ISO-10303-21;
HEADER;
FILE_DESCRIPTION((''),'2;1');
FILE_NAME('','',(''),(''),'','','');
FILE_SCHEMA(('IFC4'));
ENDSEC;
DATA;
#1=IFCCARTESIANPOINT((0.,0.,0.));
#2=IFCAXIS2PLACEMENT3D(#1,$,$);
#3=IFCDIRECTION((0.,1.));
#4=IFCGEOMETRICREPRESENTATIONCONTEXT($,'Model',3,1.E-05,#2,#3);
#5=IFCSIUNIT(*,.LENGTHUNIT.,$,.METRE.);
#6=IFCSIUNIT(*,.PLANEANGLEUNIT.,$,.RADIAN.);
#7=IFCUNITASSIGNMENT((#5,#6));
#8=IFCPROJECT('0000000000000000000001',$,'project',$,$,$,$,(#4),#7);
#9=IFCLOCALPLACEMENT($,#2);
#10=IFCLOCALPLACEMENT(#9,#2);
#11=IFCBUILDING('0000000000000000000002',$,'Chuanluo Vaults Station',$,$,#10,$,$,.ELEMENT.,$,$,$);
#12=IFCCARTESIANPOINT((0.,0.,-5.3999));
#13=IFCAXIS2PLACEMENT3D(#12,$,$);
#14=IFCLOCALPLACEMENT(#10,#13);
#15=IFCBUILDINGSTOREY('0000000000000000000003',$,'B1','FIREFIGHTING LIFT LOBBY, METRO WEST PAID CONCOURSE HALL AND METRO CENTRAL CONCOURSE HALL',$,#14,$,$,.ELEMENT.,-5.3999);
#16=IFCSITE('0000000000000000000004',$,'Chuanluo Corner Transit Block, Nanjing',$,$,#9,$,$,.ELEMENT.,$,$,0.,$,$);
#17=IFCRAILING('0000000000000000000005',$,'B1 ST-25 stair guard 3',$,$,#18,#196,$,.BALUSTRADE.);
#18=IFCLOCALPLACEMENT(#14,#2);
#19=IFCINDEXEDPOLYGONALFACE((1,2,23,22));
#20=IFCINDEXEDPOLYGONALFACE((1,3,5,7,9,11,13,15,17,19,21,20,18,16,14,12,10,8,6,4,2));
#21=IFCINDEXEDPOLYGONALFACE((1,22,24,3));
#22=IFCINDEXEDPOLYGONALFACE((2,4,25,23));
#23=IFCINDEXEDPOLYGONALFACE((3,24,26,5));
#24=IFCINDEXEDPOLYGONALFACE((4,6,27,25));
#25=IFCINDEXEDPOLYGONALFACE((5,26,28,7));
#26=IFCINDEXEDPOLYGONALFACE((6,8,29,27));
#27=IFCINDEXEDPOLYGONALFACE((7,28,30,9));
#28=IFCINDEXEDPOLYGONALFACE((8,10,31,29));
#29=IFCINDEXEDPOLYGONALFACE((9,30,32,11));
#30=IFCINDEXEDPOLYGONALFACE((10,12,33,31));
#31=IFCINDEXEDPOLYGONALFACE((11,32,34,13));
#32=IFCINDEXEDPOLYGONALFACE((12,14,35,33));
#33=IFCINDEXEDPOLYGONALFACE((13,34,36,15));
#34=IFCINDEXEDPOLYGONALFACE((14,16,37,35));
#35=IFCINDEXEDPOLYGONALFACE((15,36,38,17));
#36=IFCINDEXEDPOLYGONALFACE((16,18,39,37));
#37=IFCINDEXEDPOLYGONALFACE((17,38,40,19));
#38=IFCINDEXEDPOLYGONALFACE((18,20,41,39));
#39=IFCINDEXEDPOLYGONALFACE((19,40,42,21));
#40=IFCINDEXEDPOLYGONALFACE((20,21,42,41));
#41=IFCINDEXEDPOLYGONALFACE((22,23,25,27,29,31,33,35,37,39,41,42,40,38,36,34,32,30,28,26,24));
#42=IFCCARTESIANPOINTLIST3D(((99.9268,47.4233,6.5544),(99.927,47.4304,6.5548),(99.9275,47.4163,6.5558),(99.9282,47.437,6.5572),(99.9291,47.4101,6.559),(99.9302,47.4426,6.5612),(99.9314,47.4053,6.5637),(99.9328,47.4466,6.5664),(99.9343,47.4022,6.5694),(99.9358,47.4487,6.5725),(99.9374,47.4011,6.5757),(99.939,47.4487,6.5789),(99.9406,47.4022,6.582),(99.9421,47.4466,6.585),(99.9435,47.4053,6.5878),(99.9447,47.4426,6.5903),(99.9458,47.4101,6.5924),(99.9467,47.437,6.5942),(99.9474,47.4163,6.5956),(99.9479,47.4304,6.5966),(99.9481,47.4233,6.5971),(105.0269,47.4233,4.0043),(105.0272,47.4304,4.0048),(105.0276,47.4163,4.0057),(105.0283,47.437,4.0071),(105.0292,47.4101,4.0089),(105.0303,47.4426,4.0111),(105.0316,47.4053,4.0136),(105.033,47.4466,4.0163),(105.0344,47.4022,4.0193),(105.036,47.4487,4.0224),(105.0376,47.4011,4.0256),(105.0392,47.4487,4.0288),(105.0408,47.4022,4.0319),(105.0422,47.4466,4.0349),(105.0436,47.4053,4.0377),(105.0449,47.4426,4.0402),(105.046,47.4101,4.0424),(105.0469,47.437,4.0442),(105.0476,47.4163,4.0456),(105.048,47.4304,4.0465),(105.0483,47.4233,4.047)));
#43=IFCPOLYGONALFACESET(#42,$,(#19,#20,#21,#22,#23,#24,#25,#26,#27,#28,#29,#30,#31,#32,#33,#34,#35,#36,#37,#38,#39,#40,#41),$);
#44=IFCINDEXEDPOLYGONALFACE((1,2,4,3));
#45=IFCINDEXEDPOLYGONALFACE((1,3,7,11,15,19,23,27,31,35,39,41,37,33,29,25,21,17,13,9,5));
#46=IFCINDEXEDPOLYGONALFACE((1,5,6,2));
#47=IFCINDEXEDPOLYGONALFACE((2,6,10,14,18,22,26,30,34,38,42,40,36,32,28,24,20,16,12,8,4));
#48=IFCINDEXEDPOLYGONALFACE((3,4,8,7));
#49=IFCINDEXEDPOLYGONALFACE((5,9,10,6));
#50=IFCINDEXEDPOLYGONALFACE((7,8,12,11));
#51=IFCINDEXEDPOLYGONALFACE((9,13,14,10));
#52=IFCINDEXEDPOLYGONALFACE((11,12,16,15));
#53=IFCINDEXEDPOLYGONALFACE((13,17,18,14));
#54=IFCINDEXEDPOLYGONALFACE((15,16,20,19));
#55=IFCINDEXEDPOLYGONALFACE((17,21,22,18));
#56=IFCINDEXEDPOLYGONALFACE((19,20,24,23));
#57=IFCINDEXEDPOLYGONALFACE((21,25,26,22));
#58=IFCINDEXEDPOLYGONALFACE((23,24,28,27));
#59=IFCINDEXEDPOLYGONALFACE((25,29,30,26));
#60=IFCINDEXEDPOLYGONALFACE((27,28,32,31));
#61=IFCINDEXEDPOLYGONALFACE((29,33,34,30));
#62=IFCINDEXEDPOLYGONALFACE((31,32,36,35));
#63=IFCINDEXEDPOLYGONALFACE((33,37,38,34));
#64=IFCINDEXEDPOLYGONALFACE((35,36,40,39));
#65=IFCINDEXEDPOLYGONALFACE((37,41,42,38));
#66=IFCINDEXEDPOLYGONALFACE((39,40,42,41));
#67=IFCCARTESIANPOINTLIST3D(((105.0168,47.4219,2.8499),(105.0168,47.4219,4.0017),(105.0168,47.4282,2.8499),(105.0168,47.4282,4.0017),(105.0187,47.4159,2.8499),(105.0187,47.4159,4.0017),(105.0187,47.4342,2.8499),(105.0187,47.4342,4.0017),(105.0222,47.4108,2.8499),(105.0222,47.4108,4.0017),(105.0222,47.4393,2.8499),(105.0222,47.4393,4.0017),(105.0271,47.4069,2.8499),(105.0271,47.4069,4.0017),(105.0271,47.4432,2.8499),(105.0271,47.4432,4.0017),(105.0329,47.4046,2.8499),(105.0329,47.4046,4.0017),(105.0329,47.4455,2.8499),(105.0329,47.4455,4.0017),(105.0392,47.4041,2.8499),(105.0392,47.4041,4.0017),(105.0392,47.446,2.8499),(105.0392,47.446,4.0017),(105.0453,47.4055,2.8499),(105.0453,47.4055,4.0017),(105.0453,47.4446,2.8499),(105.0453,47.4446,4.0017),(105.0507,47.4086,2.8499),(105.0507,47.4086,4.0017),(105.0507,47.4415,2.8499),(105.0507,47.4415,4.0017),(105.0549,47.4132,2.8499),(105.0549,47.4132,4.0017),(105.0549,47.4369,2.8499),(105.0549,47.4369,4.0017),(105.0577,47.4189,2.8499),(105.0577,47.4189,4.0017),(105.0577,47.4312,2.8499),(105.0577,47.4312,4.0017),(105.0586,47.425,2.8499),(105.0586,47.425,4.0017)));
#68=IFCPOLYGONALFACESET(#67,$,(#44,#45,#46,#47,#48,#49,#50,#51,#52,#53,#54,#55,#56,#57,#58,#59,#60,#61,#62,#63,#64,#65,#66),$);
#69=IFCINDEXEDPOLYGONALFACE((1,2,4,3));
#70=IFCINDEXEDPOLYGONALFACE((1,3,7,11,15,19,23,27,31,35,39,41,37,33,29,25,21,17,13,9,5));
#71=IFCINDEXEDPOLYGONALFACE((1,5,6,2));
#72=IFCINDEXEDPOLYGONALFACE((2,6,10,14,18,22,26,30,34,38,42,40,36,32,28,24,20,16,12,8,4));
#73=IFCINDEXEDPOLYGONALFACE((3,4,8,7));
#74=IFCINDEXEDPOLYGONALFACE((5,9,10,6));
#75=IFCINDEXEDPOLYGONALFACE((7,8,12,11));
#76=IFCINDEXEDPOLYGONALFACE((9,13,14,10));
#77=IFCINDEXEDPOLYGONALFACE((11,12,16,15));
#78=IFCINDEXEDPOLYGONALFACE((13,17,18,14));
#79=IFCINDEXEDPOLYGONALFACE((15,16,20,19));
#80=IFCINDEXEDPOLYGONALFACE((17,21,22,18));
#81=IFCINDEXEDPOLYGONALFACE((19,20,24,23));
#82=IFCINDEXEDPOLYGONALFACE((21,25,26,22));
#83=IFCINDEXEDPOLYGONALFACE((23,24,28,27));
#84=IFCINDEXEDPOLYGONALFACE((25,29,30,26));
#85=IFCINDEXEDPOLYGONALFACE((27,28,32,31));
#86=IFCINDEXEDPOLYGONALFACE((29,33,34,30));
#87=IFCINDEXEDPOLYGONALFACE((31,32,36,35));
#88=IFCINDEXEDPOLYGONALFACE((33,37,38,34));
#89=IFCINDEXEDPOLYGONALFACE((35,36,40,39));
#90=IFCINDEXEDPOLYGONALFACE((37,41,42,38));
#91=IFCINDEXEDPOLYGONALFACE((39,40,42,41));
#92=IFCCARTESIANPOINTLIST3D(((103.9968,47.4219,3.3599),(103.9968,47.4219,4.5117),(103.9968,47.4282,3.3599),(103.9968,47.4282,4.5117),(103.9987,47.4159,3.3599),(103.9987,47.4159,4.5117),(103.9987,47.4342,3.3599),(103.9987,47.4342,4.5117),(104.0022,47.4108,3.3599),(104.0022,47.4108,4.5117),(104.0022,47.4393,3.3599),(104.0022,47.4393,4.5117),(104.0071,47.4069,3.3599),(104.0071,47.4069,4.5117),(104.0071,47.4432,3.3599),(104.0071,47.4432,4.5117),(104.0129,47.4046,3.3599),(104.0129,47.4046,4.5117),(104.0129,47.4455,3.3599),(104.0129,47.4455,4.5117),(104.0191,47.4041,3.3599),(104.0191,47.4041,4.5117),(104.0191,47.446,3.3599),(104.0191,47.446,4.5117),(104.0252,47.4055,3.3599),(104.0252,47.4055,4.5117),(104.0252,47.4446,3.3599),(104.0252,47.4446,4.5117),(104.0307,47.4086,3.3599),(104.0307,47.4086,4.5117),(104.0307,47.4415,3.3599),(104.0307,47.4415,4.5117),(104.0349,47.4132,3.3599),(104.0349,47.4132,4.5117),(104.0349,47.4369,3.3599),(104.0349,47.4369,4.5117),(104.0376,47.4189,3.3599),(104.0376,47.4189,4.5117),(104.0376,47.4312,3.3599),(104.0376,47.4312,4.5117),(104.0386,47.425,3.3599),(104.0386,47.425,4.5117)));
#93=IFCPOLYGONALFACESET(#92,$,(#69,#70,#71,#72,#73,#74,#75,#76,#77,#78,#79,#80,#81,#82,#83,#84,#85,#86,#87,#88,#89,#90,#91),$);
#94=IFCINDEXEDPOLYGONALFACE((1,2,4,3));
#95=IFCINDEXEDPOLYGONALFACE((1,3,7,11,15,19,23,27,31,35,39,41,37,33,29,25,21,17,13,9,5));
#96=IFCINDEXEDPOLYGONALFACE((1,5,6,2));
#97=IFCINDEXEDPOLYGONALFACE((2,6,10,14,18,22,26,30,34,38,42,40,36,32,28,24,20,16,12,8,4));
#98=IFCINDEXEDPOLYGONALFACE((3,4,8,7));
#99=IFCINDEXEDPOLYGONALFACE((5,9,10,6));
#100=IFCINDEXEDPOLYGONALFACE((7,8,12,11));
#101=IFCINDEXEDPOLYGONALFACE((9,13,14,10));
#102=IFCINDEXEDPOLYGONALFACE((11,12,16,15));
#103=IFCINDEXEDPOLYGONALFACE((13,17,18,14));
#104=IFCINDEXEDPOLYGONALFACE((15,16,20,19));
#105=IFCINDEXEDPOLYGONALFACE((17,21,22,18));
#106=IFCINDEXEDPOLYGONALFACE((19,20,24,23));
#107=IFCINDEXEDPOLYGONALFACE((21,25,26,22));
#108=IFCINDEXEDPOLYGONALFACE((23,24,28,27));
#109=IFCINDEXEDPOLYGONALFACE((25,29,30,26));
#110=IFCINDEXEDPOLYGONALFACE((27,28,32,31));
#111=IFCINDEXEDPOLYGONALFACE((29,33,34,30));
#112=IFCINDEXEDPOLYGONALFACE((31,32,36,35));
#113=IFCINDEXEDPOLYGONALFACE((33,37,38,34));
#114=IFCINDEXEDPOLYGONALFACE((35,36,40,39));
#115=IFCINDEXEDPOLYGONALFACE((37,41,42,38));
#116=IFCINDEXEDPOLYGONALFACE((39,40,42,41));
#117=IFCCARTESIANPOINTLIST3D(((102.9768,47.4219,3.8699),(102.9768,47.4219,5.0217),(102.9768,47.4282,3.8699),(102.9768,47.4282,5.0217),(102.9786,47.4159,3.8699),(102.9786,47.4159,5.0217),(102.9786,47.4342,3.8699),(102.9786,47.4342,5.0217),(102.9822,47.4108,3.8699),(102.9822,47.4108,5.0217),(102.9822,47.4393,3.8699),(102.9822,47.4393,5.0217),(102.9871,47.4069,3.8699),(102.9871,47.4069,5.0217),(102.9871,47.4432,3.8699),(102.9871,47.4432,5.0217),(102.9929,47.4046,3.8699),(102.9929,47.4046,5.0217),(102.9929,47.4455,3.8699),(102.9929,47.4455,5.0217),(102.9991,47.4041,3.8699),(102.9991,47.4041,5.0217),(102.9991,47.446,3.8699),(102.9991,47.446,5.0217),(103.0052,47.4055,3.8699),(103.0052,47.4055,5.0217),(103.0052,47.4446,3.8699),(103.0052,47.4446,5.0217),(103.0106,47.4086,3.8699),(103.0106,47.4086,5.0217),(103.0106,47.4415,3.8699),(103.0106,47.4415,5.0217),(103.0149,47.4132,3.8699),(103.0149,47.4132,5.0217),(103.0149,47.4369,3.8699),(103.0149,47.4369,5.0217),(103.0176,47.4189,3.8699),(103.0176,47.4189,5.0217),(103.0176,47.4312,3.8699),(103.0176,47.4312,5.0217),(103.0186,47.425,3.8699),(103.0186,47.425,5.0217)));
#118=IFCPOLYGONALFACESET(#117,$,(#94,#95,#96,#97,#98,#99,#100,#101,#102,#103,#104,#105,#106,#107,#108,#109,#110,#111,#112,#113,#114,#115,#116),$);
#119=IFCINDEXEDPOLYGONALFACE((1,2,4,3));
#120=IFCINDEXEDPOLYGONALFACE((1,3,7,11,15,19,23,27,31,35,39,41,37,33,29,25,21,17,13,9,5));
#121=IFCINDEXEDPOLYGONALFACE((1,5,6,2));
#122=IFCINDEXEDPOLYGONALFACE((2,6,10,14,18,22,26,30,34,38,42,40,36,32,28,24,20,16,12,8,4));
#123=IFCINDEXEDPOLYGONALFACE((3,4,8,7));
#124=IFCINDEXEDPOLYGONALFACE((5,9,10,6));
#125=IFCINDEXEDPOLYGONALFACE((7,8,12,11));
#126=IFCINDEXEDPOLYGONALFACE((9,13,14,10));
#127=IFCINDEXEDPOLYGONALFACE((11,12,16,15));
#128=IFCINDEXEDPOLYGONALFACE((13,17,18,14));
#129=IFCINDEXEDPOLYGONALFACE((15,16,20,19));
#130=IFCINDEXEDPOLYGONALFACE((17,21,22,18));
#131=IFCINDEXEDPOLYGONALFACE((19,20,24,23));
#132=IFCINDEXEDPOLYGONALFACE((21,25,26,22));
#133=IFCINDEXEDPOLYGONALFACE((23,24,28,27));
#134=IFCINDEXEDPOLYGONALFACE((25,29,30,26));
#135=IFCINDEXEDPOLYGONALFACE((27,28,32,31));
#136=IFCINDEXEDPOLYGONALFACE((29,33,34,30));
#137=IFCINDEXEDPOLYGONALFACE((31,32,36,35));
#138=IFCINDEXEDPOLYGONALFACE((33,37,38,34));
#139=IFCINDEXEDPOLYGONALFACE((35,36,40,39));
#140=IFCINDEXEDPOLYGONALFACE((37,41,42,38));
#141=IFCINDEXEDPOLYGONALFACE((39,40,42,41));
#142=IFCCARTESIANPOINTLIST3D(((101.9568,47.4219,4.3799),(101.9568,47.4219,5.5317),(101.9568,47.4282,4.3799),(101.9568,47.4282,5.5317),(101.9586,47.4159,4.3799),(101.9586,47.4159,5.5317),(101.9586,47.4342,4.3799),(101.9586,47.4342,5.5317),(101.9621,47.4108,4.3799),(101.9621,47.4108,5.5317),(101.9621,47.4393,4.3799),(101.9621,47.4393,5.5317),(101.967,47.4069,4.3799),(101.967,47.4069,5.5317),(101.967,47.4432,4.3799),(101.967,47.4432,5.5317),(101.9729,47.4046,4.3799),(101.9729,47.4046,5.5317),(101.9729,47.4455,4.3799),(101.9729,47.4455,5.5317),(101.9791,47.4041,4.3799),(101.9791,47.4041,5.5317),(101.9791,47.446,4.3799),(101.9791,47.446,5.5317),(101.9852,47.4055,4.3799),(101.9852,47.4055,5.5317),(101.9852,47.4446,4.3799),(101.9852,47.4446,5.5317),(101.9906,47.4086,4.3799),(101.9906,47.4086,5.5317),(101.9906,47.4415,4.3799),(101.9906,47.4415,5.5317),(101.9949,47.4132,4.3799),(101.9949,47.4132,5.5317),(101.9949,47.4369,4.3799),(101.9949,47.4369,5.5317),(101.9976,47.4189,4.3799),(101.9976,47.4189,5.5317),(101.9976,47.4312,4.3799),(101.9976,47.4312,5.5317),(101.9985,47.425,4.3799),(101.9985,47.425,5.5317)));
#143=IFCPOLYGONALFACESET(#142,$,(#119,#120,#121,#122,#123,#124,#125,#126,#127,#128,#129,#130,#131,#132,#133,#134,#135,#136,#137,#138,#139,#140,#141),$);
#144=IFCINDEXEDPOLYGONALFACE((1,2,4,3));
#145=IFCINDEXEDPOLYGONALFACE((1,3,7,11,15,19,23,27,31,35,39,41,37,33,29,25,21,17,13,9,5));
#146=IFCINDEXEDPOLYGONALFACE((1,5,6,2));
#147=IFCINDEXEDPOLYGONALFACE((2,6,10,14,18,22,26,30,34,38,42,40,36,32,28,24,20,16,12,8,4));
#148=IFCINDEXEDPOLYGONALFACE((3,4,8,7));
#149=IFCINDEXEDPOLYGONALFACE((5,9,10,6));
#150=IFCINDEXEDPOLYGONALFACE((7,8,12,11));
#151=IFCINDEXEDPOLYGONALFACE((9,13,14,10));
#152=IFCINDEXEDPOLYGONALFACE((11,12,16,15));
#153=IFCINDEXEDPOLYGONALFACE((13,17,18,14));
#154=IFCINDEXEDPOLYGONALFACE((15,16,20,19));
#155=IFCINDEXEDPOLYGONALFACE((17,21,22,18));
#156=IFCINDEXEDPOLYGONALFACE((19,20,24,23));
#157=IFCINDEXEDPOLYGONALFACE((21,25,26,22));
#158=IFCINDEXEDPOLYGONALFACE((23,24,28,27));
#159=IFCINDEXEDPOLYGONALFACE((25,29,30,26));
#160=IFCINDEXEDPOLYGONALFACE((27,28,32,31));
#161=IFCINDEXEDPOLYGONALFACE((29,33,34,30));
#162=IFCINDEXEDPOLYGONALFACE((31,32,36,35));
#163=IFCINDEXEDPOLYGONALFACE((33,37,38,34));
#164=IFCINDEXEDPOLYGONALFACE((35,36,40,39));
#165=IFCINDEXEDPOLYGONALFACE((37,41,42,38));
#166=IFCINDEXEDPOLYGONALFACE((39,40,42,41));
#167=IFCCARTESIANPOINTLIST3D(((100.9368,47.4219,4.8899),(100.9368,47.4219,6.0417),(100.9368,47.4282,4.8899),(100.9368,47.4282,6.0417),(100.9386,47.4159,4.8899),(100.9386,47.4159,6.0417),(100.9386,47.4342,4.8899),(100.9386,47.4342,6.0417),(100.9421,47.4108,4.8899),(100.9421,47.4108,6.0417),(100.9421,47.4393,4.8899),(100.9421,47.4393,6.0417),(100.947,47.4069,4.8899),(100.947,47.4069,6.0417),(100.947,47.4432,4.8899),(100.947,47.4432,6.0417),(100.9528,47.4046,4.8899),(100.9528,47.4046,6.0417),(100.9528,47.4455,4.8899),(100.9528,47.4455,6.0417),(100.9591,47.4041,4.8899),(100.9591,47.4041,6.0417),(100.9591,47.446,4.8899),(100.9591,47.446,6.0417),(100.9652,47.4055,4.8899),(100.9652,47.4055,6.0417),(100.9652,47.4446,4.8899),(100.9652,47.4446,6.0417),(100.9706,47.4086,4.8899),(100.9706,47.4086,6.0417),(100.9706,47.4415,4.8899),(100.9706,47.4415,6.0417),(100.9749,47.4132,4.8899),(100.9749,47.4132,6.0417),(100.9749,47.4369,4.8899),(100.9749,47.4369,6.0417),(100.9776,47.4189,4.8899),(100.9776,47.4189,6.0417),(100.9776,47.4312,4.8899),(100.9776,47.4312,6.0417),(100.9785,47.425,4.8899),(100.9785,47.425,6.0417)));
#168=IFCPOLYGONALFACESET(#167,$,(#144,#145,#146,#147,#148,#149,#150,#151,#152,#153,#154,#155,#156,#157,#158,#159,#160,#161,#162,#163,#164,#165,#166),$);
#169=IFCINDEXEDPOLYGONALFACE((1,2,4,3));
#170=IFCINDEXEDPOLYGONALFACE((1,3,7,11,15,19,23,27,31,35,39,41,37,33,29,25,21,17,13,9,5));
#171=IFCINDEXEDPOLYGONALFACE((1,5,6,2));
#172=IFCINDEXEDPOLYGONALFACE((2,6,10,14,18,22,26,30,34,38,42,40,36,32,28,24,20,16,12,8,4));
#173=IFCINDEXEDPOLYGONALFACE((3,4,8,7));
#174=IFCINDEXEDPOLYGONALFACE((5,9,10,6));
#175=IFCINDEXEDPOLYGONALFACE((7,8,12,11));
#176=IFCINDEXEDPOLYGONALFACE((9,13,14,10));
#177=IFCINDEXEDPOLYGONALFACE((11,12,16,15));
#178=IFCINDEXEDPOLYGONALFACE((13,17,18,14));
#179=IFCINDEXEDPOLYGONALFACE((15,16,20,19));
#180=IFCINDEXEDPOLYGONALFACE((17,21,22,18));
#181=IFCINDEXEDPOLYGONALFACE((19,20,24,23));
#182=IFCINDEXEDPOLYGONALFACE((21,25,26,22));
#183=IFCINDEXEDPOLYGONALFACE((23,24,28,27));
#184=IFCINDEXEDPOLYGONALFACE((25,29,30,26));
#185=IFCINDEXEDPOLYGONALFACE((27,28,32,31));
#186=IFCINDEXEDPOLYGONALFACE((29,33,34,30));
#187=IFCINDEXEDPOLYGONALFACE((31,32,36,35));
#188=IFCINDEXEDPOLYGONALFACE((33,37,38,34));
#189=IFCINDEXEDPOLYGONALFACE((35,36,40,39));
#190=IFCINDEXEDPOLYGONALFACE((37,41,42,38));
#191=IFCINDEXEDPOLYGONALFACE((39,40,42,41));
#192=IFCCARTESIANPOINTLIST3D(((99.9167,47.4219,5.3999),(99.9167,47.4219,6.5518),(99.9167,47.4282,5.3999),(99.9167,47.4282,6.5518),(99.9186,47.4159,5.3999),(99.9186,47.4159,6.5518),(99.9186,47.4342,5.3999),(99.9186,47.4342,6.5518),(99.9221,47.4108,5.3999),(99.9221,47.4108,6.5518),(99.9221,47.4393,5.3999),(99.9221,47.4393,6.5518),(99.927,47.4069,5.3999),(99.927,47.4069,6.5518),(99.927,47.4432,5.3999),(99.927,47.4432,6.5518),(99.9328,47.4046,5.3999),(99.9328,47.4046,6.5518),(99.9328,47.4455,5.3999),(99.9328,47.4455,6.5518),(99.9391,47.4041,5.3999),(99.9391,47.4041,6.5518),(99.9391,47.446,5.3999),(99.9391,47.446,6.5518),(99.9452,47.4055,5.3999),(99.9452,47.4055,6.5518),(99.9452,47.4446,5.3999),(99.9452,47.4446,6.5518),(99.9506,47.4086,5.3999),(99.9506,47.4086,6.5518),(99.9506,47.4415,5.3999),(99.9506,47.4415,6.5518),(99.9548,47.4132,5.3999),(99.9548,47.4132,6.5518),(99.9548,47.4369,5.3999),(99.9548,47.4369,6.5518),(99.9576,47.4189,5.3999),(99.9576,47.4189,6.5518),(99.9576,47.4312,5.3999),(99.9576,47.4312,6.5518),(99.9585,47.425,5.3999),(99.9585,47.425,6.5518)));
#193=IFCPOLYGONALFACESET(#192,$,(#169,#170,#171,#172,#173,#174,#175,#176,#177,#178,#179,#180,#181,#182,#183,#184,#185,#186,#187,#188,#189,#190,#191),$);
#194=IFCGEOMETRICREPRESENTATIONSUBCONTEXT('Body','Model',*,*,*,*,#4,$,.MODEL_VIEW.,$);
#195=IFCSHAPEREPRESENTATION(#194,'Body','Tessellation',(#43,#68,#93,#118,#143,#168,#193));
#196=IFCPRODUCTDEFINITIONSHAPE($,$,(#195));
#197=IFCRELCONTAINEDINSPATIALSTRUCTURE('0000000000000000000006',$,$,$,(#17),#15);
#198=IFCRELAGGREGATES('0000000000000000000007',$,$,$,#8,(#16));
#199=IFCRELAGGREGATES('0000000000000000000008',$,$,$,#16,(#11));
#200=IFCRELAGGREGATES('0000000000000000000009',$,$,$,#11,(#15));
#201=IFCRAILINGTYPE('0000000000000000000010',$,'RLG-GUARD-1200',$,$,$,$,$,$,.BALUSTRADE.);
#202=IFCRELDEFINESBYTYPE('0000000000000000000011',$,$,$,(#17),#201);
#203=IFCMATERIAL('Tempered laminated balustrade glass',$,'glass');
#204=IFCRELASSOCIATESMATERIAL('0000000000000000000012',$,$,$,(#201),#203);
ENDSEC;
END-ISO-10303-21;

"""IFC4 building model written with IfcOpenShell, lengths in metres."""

from ifc_helpers import new_model, si_unit, direction, frame, origin, origin_2d, place, context, subcontext, project, spatial, circle, extrude, material, type_object, element, save


model = new_model("IFC4")

# Units and contexts
model_context = context("Model", 3, precision=1e-05, world=origin(), true_north=direction((0.0, 1.0)))
body_context = subcontext(model_context, "Body", "Model", "MODEL_VIEW")
ifc_project = project(units=[si_unit("LENGTHUNIT", "METRE"), si_unit("PLANEANGLEUNIT", "RADIAN")], contexts=[model_context])

# Site, building, storey
site_placement = place(None, origin())
site = spatial("IfcSite", under=ifc_project, at=site_placement, Name="Chuanluo Corner Transit Block, Nanjing", CompositionType="ELEMENT", RefElevation=0.0)
building_placement = place(site_placement, origin())
building = spatial("IfcBuilding", under=site, at=building_placement, Name="Chuanluo Vaults Station", CompositionType="ELEMENT")
storey_placement = place(building_placement, frame((0.0, 0.0, -5.3999)))
storey = spatial("IfcBuildingStorey", under=building, at=storey_placement, Name="B1", Description="FIREFIGHTING LIFT LOBBY, METRO WEST PAID CONCOURSE HALL AND METRO CENTRAL CONCOURSE HALL", CompositionType="ELEMENT", Elevation=-5.3999)

# Railing
ifc_material_1 = material(Name="Tempered laminated balustrade glass", Category="glass")
railing_type_1 = type_object("IfcRailingType", Name="RLG-GUARD-1200", PredefinedType="BALUSTRADE", material=ifc_material_1)
railing_1_placement = place(storey_placement, frame((105.0376, 47.425, 2.8499)))
element("IfcRailing", 1, at=railing_1_placement, inside=storey, type_object=railing_type_1, Name="B1 ST-25 stair guard 3", PredefinedType="BALUSTRADE", context=body_context, shape_type="SweptSolid", body=[
    extrude(circle(Radius=0.0239, at=origin_2d()), frame((0.0, 0.0, 1.1758), z_axis=(-0.894427, 0.0, 0.447214), x_axis=(0.0, -1.0, 0.0)), (0.0, 0.0, 1.0), 5.7021),
    extrude(circle(Radius=0.021, at=origin_2d()), origin(), (0.0, 0.0, 1.0), 1.1519),
    extrude(circle(Radius=0.021, at=origin_2d()), frame((-1.02, 0.0, 0.51)), (0.0, 0.0, 1.0), 1.1519),
    extrude(circle(Radius=0.021, at=origin_2d()), frame((-2.04, 0.0, 1.02)), (0.0, 0.0, 1.0), 1.1519),
    extrude(circle(Radius=0.021, at=origin_2d()), frame((-3.0601, 0.0, 1.53)), (0.0, 0.0, 1.0), 1.1519),
    extrude(circle(Radius=0.021, at=origin_2d()), frame((-4.0801, 0.0, 2.04)), (0.0, 0.0, 1.0), 1.1519),
    extrude(circle(Radius=0.021, at=origin_2d()), frame((-5.1001, 0.0, 2.55)), (0.0, 0.0, 1.0), 1.1519),
])

save(model, "model.ifc")
